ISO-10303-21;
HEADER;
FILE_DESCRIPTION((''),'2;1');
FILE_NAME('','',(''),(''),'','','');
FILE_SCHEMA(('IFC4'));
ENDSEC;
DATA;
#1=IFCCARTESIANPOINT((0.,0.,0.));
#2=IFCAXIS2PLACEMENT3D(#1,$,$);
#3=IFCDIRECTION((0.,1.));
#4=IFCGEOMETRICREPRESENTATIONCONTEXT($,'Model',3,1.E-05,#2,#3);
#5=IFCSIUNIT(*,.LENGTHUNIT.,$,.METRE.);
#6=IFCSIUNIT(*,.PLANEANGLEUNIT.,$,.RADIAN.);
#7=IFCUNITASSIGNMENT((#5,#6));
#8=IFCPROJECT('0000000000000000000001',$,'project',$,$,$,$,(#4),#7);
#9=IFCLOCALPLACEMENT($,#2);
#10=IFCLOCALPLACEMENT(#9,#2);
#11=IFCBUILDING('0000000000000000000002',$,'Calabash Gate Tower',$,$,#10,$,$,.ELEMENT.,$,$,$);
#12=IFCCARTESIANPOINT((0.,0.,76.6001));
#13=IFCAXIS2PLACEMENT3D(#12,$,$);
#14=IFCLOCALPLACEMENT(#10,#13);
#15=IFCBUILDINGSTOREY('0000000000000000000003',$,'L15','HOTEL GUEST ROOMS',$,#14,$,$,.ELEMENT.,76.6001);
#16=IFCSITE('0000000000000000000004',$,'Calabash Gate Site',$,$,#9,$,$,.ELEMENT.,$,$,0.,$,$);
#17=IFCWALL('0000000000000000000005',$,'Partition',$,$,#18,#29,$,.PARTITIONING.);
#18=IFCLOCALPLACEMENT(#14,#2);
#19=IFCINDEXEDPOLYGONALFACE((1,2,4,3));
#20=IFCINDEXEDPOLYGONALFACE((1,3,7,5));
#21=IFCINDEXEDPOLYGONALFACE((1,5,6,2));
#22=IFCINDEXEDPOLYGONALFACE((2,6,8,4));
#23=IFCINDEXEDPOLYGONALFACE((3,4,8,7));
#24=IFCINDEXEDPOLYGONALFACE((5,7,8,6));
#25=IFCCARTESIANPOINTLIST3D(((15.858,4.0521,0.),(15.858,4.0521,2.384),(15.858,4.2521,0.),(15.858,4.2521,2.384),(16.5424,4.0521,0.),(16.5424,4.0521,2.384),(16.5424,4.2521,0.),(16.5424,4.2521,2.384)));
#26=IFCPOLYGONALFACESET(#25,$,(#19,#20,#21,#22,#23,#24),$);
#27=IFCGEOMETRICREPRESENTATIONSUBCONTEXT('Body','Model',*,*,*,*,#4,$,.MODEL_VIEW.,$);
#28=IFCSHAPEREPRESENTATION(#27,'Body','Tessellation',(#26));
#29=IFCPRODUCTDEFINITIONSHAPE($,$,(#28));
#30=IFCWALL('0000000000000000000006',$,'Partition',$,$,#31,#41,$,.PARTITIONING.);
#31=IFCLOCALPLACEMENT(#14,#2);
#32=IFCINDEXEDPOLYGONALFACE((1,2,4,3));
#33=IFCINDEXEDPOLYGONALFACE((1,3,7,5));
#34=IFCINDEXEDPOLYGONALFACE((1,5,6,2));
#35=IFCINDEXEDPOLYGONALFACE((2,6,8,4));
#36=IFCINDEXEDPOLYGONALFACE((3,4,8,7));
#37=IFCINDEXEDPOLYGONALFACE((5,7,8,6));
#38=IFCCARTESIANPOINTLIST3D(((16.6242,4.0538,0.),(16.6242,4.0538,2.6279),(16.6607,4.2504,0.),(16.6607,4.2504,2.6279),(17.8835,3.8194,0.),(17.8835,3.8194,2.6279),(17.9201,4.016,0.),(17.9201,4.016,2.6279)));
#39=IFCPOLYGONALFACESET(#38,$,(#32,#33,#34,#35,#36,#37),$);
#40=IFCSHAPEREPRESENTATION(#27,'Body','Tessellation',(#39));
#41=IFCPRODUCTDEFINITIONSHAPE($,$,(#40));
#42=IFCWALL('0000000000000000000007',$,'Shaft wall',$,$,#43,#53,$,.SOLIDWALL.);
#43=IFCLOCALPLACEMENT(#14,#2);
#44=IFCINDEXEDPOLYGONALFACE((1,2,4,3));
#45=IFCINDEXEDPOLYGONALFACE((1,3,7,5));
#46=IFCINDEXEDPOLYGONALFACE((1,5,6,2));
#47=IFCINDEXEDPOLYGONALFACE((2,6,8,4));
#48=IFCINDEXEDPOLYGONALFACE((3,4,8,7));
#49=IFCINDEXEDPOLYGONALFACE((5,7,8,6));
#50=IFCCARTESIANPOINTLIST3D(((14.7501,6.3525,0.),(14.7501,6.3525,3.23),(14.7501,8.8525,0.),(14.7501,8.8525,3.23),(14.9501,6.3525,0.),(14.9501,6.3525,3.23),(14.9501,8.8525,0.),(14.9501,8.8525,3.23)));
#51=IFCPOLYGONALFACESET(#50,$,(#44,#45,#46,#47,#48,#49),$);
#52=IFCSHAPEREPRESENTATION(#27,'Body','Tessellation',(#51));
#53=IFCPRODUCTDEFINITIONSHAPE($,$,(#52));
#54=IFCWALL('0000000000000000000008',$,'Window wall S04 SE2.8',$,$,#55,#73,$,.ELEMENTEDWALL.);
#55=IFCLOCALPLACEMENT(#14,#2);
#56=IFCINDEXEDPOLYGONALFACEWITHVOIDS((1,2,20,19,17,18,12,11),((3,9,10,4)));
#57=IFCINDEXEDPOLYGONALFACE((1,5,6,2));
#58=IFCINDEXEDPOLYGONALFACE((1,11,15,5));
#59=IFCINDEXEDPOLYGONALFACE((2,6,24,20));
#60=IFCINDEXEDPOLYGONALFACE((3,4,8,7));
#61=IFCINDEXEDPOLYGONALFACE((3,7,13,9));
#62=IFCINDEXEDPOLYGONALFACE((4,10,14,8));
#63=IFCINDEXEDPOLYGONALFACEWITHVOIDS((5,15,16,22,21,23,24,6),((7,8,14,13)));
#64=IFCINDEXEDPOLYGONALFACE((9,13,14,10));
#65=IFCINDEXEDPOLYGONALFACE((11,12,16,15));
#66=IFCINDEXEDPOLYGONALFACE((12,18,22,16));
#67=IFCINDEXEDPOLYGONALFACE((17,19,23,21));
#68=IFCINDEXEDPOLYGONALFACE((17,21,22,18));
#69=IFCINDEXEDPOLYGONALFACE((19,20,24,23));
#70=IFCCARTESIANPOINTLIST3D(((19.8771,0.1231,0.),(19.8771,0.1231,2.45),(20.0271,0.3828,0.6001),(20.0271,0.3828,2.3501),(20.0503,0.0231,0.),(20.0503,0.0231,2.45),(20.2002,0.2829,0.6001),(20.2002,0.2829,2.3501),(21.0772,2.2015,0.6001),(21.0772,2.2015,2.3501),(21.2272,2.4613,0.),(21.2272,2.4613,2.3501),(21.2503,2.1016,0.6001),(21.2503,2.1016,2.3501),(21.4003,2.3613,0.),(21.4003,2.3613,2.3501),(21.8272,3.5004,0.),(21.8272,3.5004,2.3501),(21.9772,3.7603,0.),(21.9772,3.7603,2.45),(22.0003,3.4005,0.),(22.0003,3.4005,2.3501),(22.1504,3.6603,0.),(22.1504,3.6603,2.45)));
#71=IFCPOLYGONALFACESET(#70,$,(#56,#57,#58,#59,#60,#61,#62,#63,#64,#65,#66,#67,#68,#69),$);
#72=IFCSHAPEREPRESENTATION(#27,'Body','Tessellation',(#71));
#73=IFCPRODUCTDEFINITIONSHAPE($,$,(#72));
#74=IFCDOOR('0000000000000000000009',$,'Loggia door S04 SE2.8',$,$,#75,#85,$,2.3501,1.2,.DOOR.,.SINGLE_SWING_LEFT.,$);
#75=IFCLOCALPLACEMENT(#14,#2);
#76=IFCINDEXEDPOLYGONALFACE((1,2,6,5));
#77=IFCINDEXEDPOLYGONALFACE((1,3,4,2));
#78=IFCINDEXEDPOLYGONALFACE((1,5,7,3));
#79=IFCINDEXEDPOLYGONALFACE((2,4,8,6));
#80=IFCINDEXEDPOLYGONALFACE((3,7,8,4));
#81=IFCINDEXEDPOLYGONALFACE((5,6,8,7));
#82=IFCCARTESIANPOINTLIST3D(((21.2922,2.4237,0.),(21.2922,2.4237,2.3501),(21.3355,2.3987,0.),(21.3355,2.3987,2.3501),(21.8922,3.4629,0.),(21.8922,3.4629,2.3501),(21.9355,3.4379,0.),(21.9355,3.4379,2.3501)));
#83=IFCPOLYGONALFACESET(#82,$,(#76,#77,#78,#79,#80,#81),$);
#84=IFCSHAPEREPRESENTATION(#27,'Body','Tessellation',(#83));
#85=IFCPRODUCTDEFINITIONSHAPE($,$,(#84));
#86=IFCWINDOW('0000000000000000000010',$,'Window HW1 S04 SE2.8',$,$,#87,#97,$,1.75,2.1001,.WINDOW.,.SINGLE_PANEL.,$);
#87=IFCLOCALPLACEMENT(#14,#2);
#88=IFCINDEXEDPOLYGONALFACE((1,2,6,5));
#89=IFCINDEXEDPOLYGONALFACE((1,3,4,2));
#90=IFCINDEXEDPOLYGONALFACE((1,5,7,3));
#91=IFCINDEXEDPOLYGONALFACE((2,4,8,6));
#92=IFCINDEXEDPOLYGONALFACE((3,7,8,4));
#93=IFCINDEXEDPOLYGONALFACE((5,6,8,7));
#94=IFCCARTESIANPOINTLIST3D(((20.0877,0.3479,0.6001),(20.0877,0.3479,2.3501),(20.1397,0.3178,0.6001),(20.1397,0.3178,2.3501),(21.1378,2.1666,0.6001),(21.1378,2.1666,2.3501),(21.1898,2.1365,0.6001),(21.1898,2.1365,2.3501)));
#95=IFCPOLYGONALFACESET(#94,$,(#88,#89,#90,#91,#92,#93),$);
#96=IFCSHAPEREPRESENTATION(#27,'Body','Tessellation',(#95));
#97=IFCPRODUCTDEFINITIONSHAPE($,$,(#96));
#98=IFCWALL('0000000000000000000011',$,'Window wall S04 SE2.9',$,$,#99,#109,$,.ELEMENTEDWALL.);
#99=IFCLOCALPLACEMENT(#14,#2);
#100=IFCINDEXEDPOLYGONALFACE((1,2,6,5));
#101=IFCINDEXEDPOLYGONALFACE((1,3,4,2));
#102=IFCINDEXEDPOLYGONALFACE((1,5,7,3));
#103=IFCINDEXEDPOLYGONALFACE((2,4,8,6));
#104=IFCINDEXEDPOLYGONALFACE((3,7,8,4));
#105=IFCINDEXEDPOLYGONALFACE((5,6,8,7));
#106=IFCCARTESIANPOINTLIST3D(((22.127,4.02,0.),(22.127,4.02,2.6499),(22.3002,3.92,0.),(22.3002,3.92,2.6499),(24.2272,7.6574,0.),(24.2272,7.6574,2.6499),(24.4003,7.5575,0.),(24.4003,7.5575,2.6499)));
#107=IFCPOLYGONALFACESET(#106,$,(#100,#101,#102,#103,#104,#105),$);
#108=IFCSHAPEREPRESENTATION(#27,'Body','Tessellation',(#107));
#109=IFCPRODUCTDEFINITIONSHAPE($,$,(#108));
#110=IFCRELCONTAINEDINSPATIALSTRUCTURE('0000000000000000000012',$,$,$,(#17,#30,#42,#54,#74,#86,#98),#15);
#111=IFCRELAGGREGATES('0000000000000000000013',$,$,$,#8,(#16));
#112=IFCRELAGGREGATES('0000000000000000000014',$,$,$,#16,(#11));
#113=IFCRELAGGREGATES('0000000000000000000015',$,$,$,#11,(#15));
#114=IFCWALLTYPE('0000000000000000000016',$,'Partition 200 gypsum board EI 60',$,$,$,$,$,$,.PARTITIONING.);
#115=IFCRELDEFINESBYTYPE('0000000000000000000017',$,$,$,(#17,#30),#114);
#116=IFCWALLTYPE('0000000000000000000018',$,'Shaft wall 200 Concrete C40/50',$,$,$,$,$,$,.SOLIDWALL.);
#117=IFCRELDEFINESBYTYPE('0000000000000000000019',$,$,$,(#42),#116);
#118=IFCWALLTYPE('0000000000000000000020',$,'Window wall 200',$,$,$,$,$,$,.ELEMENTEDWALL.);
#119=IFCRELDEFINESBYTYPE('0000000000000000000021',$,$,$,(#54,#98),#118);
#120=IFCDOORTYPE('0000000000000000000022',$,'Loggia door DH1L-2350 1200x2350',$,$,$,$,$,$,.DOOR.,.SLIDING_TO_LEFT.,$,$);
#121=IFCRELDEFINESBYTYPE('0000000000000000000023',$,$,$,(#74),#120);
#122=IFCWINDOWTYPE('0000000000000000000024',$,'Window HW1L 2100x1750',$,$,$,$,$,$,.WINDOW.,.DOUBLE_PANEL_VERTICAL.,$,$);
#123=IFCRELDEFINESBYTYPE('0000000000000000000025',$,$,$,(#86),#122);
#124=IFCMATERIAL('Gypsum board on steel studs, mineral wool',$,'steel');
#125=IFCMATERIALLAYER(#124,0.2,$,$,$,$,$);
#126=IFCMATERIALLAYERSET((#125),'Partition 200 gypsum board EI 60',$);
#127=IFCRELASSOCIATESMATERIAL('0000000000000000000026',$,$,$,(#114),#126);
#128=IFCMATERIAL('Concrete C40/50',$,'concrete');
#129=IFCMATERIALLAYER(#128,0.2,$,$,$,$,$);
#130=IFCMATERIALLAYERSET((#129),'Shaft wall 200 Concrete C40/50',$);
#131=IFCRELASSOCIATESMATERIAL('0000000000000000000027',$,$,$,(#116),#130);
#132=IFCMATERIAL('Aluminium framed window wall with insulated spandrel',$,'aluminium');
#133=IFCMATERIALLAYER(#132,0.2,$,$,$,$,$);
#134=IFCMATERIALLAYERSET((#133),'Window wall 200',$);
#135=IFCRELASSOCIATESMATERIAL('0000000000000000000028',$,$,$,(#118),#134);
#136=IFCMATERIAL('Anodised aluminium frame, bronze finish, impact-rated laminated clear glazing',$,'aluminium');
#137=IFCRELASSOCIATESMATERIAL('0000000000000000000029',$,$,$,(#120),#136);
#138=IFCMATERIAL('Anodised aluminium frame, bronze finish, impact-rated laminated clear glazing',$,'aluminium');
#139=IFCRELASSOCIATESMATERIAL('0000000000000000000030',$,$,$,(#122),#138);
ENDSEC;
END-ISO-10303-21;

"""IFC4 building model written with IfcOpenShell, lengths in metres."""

from ifc_helpers import new_model, si_unit, direction, frame, frame_2d, origin, place, context, subcontext, project, spatial, rectangle, extrude, material, layer, layer_set, type_object, element, fill, save


model = new_model("IFC4")

# Units and contexts
model_context = context("Model", 3, precision=1e-05, world=origin(), true_north=direction((0.0, 1.0)))
body_context = subcontext(model_context, "Body", "Model", "MODEL_VIEW")
ifc_project = project(units=[si_unit("LENGTHUNIT", "METRE"), si_unit("PLANEANGLEUNIT", "RADIAN")], contexts=[model_context])

# Site, building, storey
site_placement = place(None, origin())
site = spatial("IfcSite", under=ifc_project, at=site_placement, Name="Calabash Gate Site", CompositionType="ELEMENT", RefElevation=0.0)
building_placement = place(site_placement, origin())
building = spatial("IfcBuilding", under=site, at=building_placement, Name="Calabash Gate Tower", CompositionType="ELEMENT")
storey_placement = place(building_placement, frame((0.0, 0.0, 76.6001)))
storey = spatial("IfcBuildingStorey", under=building, at=storey_placement, Name="L15", Description="HOTEL GUEST ROOMS", CompositionType="ELEMENT", Elevation=76.6001)

# Shared definitions
ifc_material_1 = material(Name="Gypsum board on steel studs, mineral wool", Category="steel")
ifc_layer_1 = layer(ifc_material_1, 0.2)
ifc_layer_set_1 = layer_set([ifc_layer_1], Name="Partition 200 gypsum board EI 60")
wall_type_1 = type_object("IfcWallType", Name="Partition 200 gypsum board EI 60", PredefinedType="PARTITIONING", material=ifc_layer_set_1)

# Walls
wall_1_placement = place(storey_placement, frame((15.8579, 4.1521, 0.0), z_axis=(0.0, 0.0, 1.0), x_axis=(1.0, 0.0, 0.0)))
element("IfcWall", 1, at=wall_1_placement, inside=storey, type_object=wall_type_1, Name="Partition", PredefinedType="PARTITIONING", context=body_context, shape_type="SweptSolid", body=[
    extrude(rectangle(XDim=0.6843, YDim=0.2, at=frame_2d((0.3423, 0.0))), origin(), (0.0, 0.0, 1.0), 2.384),
])
wall_2_placement = place(storey_placement, frame((16.6423, 4.1521, 0.0), z_axis=(0.0, 0.0, 1.0), x_axis=(0.983117, -0.182976, 0.0)))
element("IfcWall", 2, at=wall_2_placement, inside=storey, type_object=wall_type_1, Name="Partition", PredefinedType="PARTITIONING", context=body_context, shape_type="SweptSolid", body=[
    extrude(rectangle(XDim=1.281, YDim=0.2, at=frame_2d((0.6406, 0.0))), origin(), (0.0, 0.0, 1.0), 2.6279),
])
ifc_material_2 = material(Name="Concrete C40/50", Category="concrete")
ifc_layer_2 = layer(ifc_material_2, 0.2)
ifc_layer_set_2 = layer_set([ifc_layer_2], Name="Shaft wall 200 Concrete C40/50")
wall_type_2 = type_object("IfcWallType", Name="Shaft wall 200 Concrete C40/50", PredefinedType="SOLIDWALL", material=ifc_layer_set_2)
wall_3_placement = place(storey_placement, frame((14.8501, 6.3525, 0.0), z_axis=(0.0, 0.0, 1.0), x_axis=(0.0, 1.0, 0.0)))
element("IfcWall", 3, at=wall_3_placement, inside=storey, type_object=wall_type_2, Name="Shaft wall", PredefinedType="SOLIDWALL", context=body_context, shape_type="SweptSolid", body=[
    extrude(rectangle(XDim=2.5, YDim=0.2, at=frame_2d((1.25, 0.0))), origin(), (0.0, 0.0, 1.0), 3.23),
])

# Wall, openings, door, window
ifc_material_3 = material(Name="Aluminium framed window wall with insulated spandrel", Category="aluminium")
ifc_layer_3 = layer(ifc_material_3, 0.2)
ifc_layer_set_3 = layer_set([ifc_layer_3], Name="Window wall 200")
wall_type_3 = type_object("IfcWallType", Name="Window wall 200", PredefinedType="ELEMENTEDWALL", material=ifc_layer_set_3)
wall_4_placement = place(storey_placement, frame((19.9636, 0.073, 0.0), z_axis=(0.0, 0.0, 1.0), x_axis=(0.500028, 0.866009, 0.0)))
wall_4 = element("IfcWall", 4, at=wall_4_placement, inside=storey, type_object=wall_type_3, Name="Window wall S04 SE2.8", PredefinedType="ELEMENTEDWALL", context=body_context, shape_type="SweptSolid", body=[
    extrude(rectangle(XDim=4.2, YDim=0.2, at=frame_2d((2.1001, 0.0))), origin(), (0.0, 0.0, 1.0), 2.45),
])
opening_1_placement = place(wall_4_placement, frame((0.3, 0.0, 0.6001)))
opening_1 = element("IfcOpeningElement", 5, at=opening_1_placement, cuts=wall_4, PredefinedType="OPENING", context=body_context, shape_type="SweptSolid", body=[
    extrude(rectangle(XDim=2.1001, YDim=1.75, at=frame_2d((1.05, 0.875))), frame((0.0, 0.1099, 0.0), z_axis=(0.0, -1.0, 0.0), x_axis=(1.0, 0.0, 0.0)), (0.0, 0.0, 1.0), 0.22),
])
opening_2_placement = place(wall_4_placement, frame((2.7, 0.0, 0.0)))
opening_2 = element("IfcOpeningElement", 6, at=opening_2_placement, cuts=wall_4, PredefinedType="OPENING", context=body_context, shape_type="SweptSolid", body=[
    extrude(rectangle(XDim=1.2, YDim=2.3501, at=frame_2d((0.6001, 1.175))), frame((0.0, 0.1099, 0.0), z_axis=(0.0, -1.0, 0.0), x_axis=(1.0, 0.0, 0.0)), (0.0, 0.0, 1.0), 0.22),
])
ifc_material_4 = material(Name="Anodised aluminium frame, bronze finish, impact-rated laminated clear glazing", Category="aluminium")
door_type_1 = type_object("IfcDoorType", Name="Loggia door DH1L-2350 1200x2350", OperationType="SLIDING_TO_LEFT", PredefinedType="DOOR", material=ifc_material_4)
door_1_placement = place(opening_2_placement, origin())
door_1 = element("IfcDoor", 7, at=door_1_placement, inside=storey, type_object=door_type_1, Name="Loggia door S04 SE2.8", OperationType="SINGLE_SWING_LEFT", OverallHeight=2.3501, OverallWidth=1.2, PredefinedType="DOOR", context=body_context, shape_type="SweptSolid", body=[
    extrude(rectangle(XDim=1.2, YDim=2.3501, at=frame_2d((0.6001, 1.175))), frame((0.0, 0.0249, 0.0), z_axis=(0.0, -1.0, 0.0), x_axis=(1.0, 0.0, 0.0)), (0.0, 0.0, 1.0), 0.05),
])
fill(opening_2, door_1)
ifc_material_5 = material(Name="Anodised aluminium frame, bronze finish, impact-rated laminated clear glazing", Category="aluminium")
window_type = type_object("IfcWindowType", Name="Window HW1L 2100x1750", PartitioningType="DOUBLE_PANEL_VERTICAL", PredefinedType="WINDOW", material=ifc_material_5)
window_placement = place(opening_1_placement, origin())
window = element("IfcWindow", 8, at=window_placement, inside=storey, type_object=window_type, Name="Window HW1 S04 SE2.8", OverallHeight=1.75, OverallWidth=2.1001, PartitioningType="SINGLE_PANEL", PredefinedType="WINDOW", context=body_context, shape_type="SweptSolid", body=[
    extrude(rectangle(XDim=2.1001, YDim=1.75, at=frame_2d((1.05, 0.875))), frame((0.0, 0.03, 0.0), z_axis=(0.0, -1.0, 0.0), x_axis=(1.0, 0.0, 0.0)), (0.0, 0.0, 1.0), 0.0601),
])
fill(opening_1, window)

# Wall
wall_5_placement = place(storey_placement, frame((22.2136, 3.97, 0.0), z_axis=(0.0, 0.0, 1.0), x_axis=(0.500003, 0.866024, 0.0)))
element("IfcWall", 9, at=wall_5_placement, inside=storey, type_object=wall_type_3, Name="Window wall S04 SE2.9", PredefinedType="ELEMENTEDWALL", context=body_context, shape_type="SweptSolid", body=[
    extrude(rectangle(XDim=4.2002, YDim=0.2, at=frame_2d((2.1001, 0.0))), origin(), (0.0, 0.0, 1.0), 2.6499),
])

save(model, "model.ifc")
